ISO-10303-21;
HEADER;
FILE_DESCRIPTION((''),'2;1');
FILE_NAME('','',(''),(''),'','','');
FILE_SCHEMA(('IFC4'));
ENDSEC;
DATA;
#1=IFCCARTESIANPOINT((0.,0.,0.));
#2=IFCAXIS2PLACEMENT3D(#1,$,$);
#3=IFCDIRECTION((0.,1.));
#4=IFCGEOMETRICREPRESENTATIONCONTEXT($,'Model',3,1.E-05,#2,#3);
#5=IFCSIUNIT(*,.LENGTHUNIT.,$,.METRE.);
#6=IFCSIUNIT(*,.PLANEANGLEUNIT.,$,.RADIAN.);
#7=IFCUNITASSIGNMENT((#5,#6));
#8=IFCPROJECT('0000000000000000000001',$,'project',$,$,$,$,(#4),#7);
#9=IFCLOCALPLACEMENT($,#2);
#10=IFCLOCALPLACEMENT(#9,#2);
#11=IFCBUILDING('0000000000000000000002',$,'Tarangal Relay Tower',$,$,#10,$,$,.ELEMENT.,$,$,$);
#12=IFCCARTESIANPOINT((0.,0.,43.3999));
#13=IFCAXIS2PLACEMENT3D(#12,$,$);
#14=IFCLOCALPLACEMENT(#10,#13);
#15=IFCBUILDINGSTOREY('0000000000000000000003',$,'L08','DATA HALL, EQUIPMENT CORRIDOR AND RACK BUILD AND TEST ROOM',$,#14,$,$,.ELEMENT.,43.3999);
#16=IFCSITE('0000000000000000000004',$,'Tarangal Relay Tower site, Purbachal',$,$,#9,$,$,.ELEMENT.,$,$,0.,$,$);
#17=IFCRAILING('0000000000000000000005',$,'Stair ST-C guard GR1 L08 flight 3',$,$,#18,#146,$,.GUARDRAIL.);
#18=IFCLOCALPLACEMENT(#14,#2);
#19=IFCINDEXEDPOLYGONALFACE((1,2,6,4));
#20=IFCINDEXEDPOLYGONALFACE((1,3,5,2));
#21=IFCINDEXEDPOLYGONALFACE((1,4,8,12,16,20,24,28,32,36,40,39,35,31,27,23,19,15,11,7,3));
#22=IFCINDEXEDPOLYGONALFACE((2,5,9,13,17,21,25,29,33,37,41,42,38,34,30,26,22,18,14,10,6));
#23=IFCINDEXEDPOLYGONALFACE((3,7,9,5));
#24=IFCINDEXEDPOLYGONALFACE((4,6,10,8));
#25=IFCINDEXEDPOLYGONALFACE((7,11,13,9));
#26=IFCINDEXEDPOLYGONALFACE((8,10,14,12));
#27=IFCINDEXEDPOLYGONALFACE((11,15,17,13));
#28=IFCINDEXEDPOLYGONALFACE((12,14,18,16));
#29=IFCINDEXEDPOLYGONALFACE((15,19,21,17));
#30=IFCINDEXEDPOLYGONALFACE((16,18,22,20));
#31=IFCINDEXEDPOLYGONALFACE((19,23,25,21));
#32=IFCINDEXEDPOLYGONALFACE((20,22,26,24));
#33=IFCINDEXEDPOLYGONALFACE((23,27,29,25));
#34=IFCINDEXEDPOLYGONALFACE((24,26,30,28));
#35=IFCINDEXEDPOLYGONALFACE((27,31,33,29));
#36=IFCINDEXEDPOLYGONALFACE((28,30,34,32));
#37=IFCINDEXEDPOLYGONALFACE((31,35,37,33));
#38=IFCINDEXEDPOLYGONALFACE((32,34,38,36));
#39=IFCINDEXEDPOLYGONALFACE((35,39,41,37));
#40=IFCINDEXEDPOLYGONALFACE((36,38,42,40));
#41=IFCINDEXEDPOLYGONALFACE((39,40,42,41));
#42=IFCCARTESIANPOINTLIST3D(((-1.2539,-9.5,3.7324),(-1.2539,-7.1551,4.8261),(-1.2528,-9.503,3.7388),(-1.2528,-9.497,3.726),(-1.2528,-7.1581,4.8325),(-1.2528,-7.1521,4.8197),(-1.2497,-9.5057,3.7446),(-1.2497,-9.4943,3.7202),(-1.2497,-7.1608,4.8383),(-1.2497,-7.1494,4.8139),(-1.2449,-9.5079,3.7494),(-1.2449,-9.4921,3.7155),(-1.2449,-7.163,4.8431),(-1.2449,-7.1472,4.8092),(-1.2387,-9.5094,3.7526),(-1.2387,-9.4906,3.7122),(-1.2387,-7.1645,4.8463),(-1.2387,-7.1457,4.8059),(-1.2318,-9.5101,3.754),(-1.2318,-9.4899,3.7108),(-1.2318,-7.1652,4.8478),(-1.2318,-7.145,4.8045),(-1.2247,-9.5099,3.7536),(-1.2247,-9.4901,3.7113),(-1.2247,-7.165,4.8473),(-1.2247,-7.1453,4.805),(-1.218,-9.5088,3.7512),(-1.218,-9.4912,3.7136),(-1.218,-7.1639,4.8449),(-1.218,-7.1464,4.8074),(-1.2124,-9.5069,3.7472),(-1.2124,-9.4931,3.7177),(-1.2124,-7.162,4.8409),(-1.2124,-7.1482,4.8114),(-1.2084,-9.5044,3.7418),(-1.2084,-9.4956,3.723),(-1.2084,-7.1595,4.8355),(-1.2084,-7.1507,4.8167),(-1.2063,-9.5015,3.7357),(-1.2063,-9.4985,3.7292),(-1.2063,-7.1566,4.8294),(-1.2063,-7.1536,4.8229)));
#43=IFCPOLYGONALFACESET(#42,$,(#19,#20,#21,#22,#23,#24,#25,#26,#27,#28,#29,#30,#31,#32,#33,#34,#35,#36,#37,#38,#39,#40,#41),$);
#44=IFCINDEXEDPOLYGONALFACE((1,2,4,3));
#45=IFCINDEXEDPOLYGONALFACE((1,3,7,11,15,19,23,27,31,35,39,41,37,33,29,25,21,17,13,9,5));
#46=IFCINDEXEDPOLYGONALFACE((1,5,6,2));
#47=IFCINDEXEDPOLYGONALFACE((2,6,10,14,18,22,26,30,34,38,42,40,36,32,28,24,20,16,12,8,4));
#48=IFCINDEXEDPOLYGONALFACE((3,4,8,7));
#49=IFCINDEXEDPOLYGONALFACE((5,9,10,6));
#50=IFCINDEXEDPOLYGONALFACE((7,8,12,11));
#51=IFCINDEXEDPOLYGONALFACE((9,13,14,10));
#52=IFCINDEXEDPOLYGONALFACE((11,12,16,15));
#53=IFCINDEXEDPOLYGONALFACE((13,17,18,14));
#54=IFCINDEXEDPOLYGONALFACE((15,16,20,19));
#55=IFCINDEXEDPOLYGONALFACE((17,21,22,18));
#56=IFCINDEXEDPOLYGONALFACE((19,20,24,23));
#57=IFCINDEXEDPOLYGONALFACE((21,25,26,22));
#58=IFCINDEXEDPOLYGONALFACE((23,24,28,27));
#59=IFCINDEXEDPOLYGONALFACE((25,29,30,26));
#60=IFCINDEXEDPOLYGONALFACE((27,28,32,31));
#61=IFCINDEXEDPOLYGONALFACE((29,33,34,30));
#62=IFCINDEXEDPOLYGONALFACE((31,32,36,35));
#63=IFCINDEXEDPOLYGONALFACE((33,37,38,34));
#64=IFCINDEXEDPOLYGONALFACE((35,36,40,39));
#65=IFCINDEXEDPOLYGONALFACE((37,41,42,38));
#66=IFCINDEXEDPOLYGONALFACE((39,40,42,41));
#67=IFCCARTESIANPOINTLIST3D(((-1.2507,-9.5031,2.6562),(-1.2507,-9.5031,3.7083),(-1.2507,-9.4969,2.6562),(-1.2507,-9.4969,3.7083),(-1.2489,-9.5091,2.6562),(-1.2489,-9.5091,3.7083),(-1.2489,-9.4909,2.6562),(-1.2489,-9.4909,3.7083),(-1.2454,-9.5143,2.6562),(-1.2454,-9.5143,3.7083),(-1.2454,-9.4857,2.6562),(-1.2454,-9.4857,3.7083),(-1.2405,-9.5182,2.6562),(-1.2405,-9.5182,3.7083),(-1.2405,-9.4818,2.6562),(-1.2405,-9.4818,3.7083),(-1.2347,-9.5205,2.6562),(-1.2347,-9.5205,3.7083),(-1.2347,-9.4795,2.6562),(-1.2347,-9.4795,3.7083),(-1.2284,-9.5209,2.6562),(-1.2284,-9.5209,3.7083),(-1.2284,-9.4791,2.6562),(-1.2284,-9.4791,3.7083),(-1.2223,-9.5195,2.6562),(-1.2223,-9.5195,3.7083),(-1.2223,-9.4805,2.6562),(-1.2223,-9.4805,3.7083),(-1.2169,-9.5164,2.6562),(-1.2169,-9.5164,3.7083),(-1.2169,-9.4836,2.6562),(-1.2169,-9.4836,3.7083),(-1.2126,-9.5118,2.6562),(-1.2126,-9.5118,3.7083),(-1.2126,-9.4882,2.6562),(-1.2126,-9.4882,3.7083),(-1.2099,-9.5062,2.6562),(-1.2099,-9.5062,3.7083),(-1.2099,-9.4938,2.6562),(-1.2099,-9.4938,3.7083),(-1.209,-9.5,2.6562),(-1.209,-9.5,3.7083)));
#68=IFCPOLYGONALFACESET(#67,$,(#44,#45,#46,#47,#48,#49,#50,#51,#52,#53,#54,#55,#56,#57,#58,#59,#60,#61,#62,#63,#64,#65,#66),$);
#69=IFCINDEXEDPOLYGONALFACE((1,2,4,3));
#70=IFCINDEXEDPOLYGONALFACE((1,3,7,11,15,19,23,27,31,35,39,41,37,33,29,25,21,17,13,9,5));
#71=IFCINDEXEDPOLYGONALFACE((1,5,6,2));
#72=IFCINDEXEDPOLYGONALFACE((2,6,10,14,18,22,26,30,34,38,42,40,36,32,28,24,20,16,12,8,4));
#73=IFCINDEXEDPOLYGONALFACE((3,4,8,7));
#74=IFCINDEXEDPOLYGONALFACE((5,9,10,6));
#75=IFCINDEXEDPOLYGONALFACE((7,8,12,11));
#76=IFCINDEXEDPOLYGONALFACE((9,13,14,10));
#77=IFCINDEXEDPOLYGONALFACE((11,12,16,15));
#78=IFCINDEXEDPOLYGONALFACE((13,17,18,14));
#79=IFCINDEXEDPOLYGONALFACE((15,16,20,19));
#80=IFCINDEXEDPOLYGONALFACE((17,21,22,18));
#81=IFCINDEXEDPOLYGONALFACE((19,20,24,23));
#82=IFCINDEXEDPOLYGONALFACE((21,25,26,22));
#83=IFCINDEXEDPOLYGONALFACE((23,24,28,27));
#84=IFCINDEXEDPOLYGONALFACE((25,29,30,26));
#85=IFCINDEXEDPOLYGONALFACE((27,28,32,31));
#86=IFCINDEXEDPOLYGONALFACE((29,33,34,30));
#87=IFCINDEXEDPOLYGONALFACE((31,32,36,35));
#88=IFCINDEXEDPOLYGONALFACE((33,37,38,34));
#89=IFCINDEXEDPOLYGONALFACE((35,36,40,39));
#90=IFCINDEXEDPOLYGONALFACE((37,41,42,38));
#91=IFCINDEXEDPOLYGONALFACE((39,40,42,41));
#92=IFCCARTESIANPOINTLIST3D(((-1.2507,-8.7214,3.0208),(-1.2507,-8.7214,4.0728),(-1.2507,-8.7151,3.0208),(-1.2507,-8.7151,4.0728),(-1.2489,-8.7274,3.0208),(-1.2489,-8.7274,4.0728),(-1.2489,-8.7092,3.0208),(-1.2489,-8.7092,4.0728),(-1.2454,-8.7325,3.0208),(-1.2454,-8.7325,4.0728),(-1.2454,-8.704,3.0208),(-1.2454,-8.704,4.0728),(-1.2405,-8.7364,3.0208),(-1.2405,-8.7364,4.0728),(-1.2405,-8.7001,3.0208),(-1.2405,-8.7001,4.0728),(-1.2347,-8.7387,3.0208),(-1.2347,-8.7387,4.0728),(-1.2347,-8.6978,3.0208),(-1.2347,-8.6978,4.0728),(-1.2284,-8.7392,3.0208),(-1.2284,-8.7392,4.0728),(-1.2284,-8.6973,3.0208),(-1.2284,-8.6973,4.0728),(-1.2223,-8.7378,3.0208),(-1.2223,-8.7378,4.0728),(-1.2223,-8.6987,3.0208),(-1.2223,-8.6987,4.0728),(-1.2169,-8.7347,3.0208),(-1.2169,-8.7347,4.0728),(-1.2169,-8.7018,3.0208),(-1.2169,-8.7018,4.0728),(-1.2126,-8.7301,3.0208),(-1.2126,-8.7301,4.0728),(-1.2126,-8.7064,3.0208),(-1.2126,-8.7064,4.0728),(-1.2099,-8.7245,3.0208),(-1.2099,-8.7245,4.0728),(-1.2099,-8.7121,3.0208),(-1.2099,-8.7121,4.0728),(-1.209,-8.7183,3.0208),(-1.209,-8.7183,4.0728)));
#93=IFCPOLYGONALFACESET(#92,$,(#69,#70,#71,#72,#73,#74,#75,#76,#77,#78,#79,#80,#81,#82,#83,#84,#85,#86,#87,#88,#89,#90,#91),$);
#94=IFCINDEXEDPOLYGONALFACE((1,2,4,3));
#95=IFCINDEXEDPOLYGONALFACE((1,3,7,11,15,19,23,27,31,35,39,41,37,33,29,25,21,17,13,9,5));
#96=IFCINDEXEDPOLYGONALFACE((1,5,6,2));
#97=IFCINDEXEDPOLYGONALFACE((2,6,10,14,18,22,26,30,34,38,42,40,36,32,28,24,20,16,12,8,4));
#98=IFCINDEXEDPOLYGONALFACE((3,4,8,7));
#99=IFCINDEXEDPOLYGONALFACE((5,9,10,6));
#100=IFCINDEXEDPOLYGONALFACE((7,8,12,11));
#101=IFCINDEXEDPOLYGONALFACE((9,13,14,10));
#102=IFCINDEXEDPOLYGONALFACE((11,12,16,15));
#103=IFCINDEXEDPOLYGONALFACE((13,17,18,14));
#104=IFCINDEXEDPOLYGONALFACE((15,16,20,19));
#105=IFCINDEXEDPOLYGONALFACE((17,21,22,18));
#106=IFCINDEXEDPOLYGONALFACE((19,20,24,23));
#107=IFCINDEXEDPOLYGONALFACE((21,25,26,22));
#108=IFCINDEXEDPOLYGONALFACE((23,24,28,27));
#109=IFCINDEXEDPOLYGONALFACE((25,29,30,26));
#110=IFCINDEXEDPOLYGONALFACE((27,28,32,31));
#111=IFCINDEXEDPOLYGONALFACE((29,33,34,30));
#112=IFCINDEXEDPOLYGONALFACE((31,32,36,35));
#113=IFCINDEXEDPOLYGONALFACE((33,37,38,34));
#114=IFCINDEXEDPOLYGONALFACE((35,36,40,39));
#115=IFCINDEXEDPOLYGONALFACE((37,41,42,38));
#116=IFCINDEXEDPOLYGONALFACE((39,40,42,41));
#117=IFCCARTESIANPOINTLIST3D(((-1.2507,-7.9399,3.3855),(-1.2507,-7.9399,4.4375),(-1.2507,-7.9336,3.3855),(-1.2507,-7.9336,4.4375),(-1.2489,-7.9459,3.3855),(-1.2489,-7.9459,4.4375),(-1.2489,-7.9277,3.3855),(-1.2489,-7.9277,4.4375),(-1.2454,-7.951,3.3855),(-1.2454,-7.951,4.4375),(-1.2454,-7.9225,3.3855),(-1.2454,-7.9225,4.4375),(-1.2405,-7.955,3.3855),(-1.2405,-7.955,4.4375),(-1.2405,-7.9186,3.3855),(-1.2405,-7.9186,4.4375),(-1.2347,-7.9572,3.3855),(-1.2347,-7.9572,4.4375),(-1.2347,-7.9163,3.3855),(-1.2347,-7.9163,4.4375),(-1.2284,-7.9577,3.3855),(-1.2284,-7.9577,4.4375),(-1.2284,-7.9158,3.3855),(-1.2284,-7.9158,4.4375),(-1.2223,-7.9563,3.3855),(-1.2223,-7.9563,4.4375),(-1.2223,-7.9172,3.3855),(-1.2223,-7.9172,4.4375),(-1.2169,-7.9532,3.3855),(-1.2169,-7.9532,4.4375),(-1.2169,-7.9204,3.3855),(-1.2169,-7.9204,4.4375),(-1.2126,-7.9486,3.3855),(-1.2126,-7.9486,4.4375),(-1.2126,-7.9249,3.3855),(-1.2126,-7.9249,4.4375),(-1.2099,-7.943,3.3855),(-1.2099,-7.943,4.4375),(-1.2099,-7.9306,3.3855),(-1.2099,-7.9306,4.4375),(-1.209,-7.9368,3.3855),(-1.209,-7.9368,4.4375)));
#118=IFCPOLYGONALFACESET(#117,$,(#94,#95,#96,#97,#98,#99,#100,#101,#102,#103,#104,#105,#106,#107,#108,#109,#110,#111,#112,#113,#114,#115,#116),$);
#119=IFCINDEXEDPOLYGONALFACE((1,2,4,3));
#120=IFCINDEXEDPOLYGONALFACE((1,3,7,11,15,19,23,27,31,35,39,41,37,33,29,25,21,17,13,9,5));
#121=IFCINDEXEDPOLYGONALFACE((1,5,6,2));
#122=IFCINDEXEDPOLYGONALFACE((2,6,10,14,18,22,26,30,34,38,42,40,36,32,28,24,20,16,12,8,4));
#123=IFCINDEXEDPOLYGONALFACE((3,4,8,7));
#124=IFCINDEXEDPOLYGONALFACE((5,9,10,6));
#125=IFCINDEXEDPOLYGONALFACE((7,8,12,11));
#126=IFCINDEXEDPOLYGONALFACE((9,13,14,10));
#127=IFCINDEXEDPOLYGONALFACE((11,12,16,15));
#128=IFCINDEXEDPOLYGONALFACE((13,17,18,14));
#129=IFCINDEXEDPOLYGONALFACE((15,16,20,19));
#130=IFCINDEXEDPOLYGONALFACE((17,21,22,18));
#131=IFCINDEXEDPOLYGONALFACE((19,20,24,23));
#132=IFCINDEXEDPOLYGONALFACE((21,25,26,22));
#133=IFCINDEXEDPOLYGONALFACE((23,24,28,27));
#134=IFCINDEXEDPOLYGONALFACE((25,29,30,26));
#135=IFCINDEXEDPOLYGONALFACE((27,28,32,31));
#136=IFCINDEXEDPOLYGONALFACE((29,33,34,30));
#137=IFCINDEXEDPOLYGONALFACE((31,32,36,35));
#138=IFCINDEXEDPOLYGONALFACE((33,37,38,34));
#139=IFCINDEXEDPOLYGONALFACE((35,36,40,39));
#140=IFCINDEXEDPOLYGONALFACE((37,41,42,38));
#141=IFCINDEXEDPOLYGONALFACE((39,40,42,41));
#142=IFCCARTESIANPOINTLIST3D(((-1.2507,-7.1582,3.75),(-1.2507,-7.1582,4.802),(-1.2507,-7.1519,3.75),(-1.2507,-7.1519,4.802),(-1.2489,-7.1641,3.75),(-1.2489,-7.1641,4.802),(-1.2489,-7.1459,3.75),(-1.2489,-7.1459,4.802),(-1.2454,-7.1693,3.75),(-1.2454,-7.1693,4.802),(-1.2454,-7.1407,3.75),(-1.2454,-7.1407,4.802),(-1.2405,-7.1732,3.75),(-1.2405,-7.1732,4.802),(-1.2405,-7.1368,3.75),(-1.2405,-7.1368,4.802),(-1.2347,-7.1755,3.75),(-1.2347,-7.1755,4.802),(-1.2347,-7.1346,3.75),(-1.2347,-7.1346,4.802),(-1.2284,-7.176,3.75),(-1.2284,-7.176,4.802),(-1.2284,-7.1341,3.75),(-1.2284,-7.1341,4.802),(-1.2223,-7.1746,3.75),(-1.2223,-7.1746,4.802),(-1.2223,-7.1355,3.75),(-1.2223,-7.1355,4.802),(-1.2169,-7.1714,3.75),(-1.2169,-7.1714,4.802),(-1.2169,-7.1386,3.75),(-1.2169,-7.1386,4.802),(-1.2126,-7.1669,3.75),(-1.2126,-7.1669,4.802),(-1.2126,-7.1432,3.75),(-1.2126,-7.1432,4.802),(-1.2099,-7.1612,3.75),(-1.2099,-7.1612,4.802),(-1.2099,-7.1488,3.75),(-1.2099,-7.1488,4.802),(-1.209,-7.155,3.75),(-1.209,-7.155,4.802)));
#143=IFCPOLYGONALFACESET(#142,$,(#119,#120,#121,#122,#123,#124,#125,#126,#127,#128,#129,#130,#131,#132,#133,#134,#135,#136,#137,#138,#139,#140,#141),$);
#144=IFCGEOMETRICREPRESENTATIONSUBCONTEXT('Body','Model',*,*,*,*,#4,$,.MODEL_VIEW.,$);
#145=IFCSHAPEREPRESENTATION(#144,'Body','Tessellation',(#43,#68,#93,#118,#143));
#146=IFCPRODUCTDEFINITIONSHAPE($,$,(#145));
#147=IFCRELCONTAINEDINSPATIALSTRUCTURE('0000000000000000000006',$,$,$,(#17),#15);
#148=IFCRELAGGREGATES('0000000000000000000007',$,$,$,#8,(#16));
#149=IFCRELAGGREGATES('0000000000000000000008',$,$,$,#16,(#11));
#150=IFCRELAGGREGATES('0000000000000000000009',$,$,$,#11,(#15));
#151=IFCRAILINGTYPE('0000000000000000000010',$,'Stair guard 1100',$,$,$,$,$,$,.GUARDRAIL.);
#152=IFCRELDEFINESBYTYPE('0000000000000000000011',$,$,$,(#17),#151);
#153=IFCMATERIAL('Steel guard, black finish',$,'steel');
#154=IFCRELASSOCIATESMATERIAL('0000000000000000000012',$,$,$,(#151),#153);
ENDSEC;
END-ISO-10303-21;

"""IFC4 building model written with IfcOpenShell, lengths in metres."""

from ifc_helpers import new_model, si_unit, direction, frame, origin, origin_2d, place, context, subcontext, project, spatial, circle, extrude, material, type_object, element, save


model = new_model("IFC4")

# Units and contexts
model_context = context("Model", 3, precision=1e-05, world=origin(), true_north=direction((0.0, 1.0)))
body_context = subcontext(model_context, "Body", "Model", "MODEL_VIEW")
ifc_project = project(units=[si_unit("LENGTHUNIT", "METRE"), si_unit("PLANEANGLEUNIT", "RADIAN")], contexts=[model_context])

# Site, building, storey
site_placement = place(None, origin())
site = spatial("IfcSite", under=ifc_project, at=site_placement, Name="Tarangal Relay Tower site, Purbachal", CompositionType="ELEMENT", RefElevation=0.0)
building_placement = place(site_placement, origin())
building = spatial("IfcBuilding", under=site, at=building_placement, Name="Tarangal Relay Tower", CompositionType="ELEMENT")
storey_placement = place(building_placement, frame((0.0, 0.0, 43.3999)))
storey = spatial("IfcBuildingStorey", under=building, at=storey_placement, Name="L08", Description="DATA HALL, EQUIPMENT CORRIDOR AND RACK BUILD AND TEST ROOM", CompositionType="ELEMENT", Elevation=43.3999)

# Railing
ifc_material_1 = material(Name="Steel guard, black finish", Category="steel")
railing_type_1 = type_object("IfcRailingType", Name="Stair guard 1100", PredefinedType="GUARDRAIL", material=ifc_material_1)
for number, where, name in (
    (1, (-1.23, -9.5, 2.6562), "Stair ST-C guard GR1 L08 flight 3"),
):
    element("IfcRailing", number, at=place(storey_placement, frame(where)), inside=storey, type_object=railing_type_1, Name=name, PredefinedType="GUARDRAIL", context=body_context, shape_type="SweptSolid", body=[
        extrude(circle(Radius=0.0239, at=origin_2d()), frame((0.0, 0.0, 1.0762), z_axis=(0.0, 0.906267, 0.422705), x_axis=(-1.0, 0.0, 0.0)), (0.0, 0.0, 1.0), 2.5874),
        extrude(circle(Radius=0.021, at=origin_2d()), origin(), (0.0, 0.0, 1.0), 1.052),
        extrude(circle(Radius=0.021, at=origin_2d()), frame((0.0, 0.7817, 0.3645)), (0.0, 0.0, 1.0), 1.052),
        extrude(circle(Radius=0.021, at=origin_2d()), frame((0.0, 1.5632, 0.7292)), (0.0, 0.0, 1.0), 1.052),
        extrude(circle(Radius=0.021, at=origin_2d()), frame((0.0, 2.345, 1.0938)), (0.0, 0.0, 1.0), 1.052),
    ])

save(model, "model.ifc")
